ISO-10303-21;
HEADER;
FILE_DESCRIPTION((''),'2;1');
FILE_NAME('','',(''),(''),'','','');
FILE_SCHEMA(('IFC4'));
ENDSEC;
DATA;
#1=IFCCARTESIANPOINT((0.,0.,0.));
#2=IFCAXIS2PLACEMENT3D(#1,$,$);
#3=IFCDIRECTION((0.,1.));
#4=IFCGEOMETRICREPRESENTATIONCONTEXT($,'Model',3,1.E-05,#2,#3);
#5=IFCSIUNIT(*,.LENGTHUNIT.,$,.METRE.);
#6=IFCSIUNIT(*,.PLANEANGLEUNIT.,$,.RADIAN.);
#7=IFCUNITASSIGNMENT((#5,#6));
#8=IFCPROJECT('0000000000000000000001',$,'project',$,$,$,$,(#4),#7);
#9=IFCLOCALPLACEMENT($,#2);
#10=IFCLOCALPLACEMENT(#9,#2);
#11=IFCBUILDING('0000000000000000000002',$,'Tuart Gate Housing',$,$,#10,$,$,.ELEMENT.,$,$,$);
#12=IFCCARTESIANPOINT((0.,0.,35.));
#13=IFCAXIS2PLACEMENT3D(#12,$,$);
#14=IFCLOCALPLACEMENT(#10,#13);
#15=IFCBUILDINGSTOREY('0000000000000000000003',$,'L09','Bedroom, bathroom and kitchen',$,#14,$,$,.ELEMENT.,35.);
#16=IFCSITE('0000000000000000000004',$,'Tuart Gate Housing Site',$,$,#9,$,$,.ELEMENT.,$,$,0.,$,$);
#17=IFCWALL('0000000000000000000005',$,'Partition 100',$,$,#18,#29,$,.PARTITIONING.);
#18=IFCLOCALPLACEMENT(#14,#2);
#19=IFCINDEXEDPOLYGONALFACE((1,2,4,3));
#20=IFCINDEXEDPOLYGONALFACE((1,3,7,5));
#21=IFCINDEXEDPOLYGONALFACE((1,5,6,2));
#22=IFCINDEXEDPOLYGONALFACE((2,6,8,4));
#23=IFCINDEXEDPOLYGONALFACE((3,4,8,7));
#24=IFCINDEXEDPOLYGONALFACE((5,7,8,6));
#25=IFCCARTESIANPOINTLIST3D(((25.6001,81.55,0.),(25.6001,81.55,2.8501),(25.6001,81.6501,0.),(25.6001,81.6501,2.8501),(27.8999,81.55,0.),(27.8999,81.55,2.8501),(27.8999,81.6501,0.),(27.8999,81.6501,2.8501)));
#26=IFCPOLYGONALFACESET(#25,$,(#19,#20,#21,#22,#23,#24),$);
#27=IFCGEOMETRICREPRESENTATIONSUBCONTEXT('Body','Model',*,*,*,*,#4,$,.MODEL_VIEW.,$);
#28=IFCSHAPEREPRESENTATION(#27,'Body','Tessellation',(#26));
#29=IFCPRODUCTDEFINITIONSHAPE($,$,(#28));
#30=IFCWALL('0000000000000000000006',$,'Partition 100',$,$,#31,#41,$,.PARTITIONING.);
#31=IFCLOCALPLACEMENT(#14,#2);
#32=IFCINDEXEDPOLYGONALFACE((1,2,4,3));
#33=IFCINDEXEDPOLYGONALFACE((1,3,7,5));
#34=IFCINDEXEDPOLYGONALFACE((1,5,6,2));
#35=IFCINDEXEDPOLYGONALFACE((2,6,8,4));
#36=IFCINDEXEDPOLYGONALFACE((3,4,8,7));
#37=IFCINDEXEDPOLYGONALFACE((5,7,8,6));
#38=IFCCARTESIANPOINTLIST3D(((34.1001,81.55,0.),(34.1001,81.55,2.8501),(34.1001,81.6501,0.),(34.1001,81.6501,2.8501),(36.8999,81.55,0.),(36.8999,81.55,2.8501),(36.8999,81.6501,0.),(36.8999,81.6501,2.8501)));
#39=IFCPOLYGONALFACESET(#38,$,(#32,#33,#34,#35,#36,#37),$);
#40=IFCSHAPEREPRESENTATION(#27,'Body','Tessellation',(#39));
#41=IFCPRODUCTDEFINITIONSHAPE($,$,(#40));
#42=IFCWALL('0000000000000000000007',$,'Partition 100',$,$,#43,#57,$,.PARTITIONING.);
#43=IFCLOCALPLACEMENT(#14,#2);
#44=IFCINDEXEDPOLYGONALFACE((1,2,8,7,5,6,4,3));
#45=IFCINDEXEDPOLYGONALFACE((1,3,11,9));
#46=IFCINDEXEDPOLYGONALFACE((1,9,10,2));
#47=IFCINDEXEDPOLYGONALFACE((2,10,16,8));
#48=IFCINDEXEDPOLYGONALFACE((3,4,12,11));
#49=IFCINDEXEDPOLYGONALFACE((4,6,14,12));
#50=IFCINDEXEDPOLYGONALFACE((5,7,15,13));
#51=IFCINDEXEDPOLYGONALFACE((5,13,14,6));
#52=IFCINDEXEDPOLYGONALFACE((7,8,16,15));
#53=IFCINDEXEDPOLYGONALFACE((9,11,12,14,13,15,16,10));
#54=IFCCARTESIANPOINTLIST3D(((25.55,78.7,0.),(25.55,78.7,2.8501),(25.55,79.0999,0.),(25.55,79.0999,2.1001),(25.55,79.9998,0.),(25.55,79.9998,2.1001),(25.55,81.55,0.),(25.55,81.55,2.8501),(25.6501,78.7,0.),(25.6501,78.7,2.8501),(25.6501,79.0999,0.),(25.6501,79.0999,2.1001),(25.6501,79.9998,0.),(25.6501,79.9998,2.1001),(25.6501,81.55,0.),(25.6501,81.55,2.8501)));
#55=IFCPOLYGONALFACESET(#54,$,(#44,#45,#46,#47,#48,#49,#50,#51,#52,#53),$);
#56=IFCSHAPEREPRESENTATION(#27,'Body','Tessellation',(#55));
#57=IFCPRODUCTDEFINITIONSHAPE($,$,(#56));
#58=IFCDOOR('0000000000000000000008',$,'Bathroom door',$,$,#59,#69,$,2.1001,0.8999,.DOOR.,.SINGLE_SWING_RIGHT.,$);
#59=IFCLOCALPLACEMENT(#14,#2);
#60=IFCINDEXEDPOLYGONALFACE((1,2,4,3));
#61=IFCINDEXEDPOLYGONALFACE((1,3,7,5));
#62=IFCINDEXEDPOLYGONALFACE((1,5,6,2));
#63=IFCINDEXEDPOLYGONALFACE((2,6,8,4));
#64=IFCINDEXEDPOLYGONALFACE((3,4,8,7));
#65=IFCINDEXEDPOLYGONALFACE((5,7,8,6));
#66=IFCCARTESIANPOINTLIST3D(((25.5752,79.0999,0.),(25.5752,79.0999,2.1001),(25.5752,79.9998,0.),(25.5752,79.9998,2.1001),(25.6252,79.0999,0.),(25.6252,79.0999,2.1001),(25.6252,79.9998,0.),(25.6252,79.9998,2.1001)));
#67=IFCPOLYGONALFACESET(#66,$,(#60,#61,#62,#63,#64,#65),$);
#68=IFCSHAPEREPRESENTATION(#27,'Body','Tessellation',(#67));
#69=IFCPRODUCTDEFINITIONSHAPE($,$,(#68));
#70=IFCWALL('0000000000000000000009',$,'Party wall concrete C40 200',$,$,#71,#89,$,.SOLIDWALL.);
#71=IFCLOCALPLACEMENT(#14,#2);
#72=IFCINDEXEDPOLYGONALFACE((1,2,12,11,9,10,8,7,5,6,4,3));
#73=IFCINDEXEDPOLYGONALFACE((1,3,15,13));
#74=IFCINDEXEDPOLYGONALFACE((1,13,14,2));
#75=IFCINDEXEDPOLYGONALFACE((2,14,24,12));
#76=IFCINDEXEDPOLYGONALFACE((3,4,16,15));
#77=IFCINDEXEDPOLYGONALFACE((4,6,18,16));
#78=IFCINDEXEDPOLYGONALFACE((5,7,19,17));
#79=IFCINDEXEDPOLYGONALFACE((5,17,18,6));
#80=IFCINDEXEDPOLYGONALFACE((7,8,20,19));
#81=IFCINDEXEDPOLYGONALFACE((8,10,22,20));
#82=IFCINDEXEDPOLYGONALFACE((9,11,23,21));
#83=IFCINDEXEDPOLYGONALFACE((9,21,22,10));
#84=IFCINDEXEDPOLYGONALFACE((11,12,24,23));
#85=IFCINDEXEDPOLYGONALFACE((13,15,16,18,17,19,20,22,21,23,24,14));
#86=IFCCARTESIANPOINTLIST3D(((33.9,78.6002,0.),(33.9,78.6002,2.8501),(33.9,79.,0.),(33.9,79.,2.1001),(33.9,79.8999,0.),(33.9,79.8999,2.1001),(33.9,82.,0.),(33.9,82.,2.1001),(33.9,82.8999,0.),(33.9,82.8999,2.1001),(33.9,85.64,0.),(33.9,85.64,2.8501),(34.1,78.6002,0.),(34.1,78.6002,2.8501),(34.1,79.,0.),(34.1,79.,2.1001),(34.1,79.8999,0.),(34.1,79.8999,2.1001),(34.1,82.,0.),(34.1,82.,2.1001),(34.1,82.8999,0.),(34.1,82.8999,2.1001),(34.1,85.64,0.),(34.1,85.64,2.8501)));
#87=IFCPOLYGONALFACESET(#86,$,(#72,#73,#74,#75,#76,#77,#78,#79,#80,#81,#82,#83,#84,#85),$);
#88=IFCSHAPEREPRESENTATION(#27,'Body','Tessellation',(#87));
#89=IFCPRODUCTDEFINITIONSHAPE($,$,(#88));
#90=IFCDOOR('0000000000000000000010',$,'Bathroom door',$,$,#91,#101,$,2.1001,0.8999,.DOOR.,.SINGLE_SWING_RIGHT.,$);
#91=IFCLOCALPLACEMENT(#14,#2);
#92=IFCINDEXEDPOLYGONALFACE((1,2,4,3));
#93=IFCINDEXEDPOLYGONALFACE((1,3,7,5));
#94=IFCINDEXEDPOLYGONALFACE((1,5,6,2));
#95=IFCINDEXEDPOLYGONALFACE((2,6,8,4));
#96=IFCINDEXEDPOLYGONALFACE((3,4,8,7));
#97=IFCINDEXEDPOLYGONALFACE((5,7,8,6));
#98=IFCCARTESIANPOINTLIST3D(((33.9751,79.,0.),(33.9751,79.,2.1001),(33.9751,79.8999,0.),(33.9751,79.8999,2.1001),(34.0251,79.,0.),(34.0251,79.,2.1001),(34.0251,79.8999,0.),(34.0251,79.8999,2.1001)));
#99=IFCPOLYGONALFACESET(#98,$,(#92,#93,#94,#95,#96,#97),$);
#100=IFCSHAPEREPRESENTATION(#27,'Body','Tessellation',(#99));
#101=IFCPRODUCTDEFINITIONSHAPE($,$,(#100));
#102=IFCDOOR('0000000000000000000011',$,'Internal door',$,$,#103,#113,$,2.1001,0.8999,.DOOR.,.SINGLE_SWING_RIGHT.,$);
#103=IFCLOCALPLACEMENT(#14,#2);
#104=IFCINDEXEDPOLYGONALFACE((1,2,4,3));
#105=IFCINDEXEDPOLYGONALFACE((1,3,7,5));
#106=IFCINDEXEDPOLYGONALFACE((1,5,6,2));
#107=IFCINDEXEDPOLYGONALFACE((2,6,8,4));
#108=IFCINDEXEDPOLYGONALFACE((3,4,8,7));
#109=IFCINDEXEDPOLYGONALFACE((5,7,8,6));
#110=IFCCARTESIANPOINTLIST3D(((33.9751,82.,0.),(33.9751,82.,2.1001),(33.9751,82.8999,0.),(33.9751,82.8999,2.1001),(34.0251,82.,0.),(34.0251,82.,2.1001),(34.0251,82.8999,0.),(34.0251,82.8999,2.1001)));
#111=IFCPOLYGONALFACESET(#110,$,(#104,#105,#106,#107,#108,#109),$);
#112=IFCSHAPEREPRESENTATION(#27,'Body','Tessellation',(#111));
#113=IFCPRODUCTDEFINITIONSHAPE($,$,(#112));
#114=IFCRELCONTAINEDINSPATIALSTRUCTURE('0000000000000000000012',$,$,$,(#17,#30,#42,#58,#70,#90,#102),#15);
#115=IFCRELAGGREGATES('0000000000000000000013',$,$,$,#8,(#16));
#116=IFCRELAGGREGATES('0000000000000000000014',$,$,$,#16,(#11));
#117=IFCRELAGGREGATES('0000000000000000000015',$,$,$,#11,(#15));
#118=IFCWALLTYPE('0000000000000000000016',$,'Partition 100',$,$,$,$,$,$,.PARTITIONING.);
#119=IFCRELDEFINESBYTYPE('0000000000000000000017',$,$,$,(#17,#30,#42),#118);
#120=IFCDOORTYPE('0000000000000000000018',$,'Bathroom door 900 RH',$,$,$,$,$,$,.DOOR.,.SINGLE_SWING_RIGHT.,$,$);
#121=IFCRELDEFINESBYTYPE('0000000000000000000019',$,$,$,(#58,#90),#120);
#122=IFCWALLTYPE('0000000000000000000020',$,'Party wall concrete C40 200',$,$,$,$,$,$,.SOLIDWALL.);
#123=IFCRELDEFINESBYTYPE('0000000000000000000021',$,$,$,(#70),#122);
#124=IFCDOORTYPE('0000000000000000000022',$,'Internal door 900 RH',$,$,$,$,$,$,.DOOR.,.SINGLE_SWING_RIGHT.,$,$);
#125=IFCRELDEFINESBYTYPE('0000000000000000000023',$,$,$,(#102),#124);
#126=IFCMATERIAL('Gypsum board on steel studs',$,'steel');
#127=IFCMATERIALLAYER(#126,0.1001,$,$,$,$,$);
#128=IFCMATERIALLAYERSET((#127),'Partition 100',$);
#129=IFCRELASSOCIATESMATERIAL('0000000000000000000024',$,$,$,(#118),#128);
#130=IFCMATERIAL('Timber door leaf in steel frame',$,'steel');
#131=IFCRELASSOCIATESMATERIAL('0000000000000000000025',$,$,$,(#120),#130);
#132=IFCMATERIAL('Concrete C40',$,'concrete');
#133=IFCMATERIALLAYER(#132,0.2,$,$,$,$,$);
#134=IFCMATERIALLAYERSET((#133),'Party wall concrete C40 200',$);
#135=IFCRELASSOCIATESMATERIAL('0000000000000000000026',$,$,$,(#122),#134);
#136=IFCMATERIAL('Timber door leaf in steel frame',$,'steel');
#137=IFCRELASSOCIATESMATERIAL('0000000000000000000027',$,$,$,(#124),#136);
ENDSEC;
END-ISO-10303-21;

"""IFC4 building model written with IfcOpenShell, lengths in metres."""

from ifc_helpers import new_model, si_unit, direction, frame, frame_2d, origin, place, context, subcontext, project, spatial, rectangle, extrude, material, layer, layer_set, type_object, element, fill, save


model = new_model("IFC4")

# Units and contexts
model_context = context("Model", 3, precision=1e-05, world=origin(), true_north=direction((0.0, 1.0)))
body_context = subcontext(model_context, "Body", "Model", "MODEL_VIEW")
ifc_project = project(units=[si_unit("LENGTHUNIT", "METRE"), si_unit("PLANEANGLEUNIT", "RADIAN")], contexts=[model_context])

# Site, building, storey
site_placement = place(None, origin())
site = spatial("IfcSite", under=ifc_project, at=site_placement, Name="Tuart Gate Housing Site", CompositionType="ELEMENT", RefElevation=0.0)
building_placement = place(site_placement, origin())
building = spatial("IfcBuilding", under=site, at=building_placement, Name="Tuart Gate Housing", CompositionType="ELEMENT")
storey_placement = place(building_placement, frame((0.0, 0.0, 35.0)))
storey = spatial("IfcBuildingStorey", under=building, at=storey_placement, Name="L09", Description="Bedroom, bathroom and kitchen", CompositionType="ELEMENT", Elevation=35.0)

# Walls
ifc_material_1 = material(Name="Gypsum board on steel studs", Category="steel")
ifc_layer_1 = layer(ifc_material_1, 0.1001)
ifc_layer_set_1 = layer_set([ifc_layer_1], Name="Partition 100")
wall_type_1 = type_object("IfcWallType", Name="Partition 100", PredefinedType="PARTITIONING", material=ifc_layer_set_1)
wall_1_placement = place(storey_placement, frame((25.6001, 81.6001, 0.0), z_axis=(0.0, 0.0, 1.0), x_axis=(1.0, 0.0, 0.0)))
element("IfcWall", 1, at=wall_1_placement, inside=storey, type_object=wall_type_1, Name="Partition 100", PredefinedType="PARTITIONING", context=body_context, shape_type="SweptSolid", body=[
    extrude(rectangle(XDim=2.2998, YDim=0.1001, at=frame_2d((1.1499, 0.0))), origin(), (0.0, 0.0, 1.0), 2.8501),
])
wall_2_placement = place(storey_placement, frame((34.1001, 81.6001, 0.0), z_axis=(0.0, 0.0, 1.0), x_axis=(1.0, 0.0, 0.0)))
element("IfcWall", 2, at=wall_2_placement, inside=storey, type_object=wall_type_1, Name="Partition 100", PredefinedType="PARTITIONING", context=body_context, shape_type="SweptSolid", body=[
    extrude(rectangle(XDim=2.7998, YDim=0.1001, at=frame_2d((1.3999, 0.0))), origin(), (0.0, 0.0, 1.0), 2.8501),
])

# Wall, opening, door
wall_3_placement = place(storey_placement, frame((25.6001, 78.7, 0.0), z_axis=(0.0, 0.0, 1.0), x_axis=(0.0, 1.0, 0.0)))
wall_3 = element("IfcWall", 3, at=wall_3_placement, inside=storey, type_object=wall_type_1, Name="Partition 100", PredefinedType="PARTITIONING", context=body_context, shape_type="SweptSolid", body=[
    extrude(rectangle(XDim=2.8501, YDim=0.1001, at=frame_2d((1.425, 0.0))), origin(), (0.0, 0.0, 1.0), 2.8501),
])
opening_1_placement = place(wall_3_placement, frame((0.3999, 0.0, 0.0)))
opening_1 = element("IfcOpeningElement", 4, at=opening_1_placement, cuts=wall_3, PredefinedType="OPENING", context=body_context, shape_type="SweptSolid", body=[
    extrude(rectangle(XDim=0.8999, YDim=2.1001, at=frame_2d((0.45, 1.05))), frame((0.0, 0.0601, 0.0), z_axis=(0.0, -1.0, 0.0), x_axis=(1.0, 0.0, 0.0)), (0.0, 0.0, 1.0), 0.1201),
])
ifc_material_2 = material(Name="Timber door leaf in steel frame", Category="steel")
door_type_1 = type_object("IfcDoorType", Name="Bathroom door 900 RH", OperationType="SINGLE_SWING_RIGHT", PredefinedType="DOOR", material=ifc_material_2)
door_1_placement = place(opening_1_placement, frame((0.8999, 0.0, 0.0), z_axis=(0.0, 0.0, 1.0), x_axis=(-1.0, 0.0, 0.0)))
door_1 = element("IfcDoor", 5, at=door_1_placement, inside=storey, type_object=door_type_1, Name="Bathroom door", OperationType="SINGLE_SWING_RIGHT", OverallHeight=2.1001, OverallWidth=0.8999, PredefinedType="DOOR", context=body_context, shape_type="SweptSolid", body=[
    extrude(rectangle(XDim=0.8999, YDim=2.1001, at=frame_2d((0.45, 1.05))), frame((0.0, 0.0251, 0.0), z_axis=(0.0, -1.0, 0.0), x_axis=(1.0, 0.0, 0.0)), (0.0, 0.0, 1.0), 0.05),
])
fill(opening_1, door_1)

# Wall, openings, doors
ifc_material_3 = material(Name="Concrete C40", Category="concrete")
ifc_layer_2 = layer(ifc_material_3, 0.2)
ifc_layer_set_2 = layer_set([ifc_layer_2], Name="Party wall concrete C40 200")
wall_type_2 = type_object("IfcWallType", Name="Party wall concrete C40 200", PredefinedType="SOLIDWALL", material=ifc_layer_set_2)
wall_4_placement = place(storey_placement, frame((34.0, 78.6001, 0.0), z_axis=(0.0, 0.0, 1.0), x_axis=(0.0, 1.0, 0.0)))
wall_4 = element("IfcWall", 6, at=wall_4_placement, inside=storey, type_object=wall_type_2, Name="Party wall concrete C40 200", PredefinedType="SOLIDWALL", context=body_context, shape_type="SweptSolid", body=[
    extrude(rectangle(XDim=7.0398, YDim=0.2, at=frame_2d((3.52, 0.0))), origin(), (0.0, 0.0, 1.0), 2.8501),
])
opening_2_placement = place(wall_4_placement, frame((3.3999, 0.0, 0.0)))
opening_2 = element("IfcOpeningElement", 7, at=opening_2_placement, cuts=wall_4, PredefinedType="OPENING", context=body_context, shape_type="SweptSolid", body=[
    extrude(rectangle(XDim=0.8999, YDim=2.1001, at=frame_2d((0.45, 1.05))), frame((0.0, 0.1099, 0.0), z_axis=(0.0, -1.0, 0.0), x_axis=(1.0, 0.0, 0.0)), (0.0, 0.0, 1.0), 0.22),
])
opening_3_placement = place(wall_4_placement, frame((0.3999, 0.0, 0.0)))
opening_3 = element("IfcOpeningElement", 8, at=opening_3_placement, cuts=wall_4, PredefinedType="OPENING", context=body_context, shape_type="SweptSolid", body=[
    extrude(rectangle(XDim=0.8999, YDim=2.1001, at=frame_2d((0.45, 1.05))), frame((0.0, 0.1099, 0.0), z_axis=(0.0, -1.0, 0.0), x_axis=(1.0, 0.0, 0.0)), (0.0, 0.0, 1.0), 0.22),
])
door_2_placement = place(opening_3_placement, frame((0.8999, 0.0, 0.0), z_axis=(0.0, 0.0, 1.0), x_axis=(-1.0, 0.0, 0.0)))
door_2 = element("IfcDoor", 9, at=door_2_placement, inside=storey, type_object=door_type_1, Name="Bathroom door", OperationType="SINGLE_SWING_RIGHT", OverallHeight=2.1001, OverallWidth=0.8999, PredefinedType="DOOR", context=body_context, shape_type="SweptSolid", body=[
    extrude(rectangle(XDim=0.8999, YDim=2.1001, at=frame_2d((0.45, 1.05))), frame((0.0, 0.0251, 0.0), z_axis=(0.0, -1.0, 0.0), x_axis=(1.0, 0.0, 0.0)), (0.0, 0.0, 1.0), 0.05),
])
fill(opening_3, door_2)
ifc_material_4 = material(Name="Timber door leaf in steel frame", Category="steel")
door_type_2 = type_object("IfcDoorType", Name="Internal door 900 RH", OperationType="SINGLE_SWING_RIGHT", PredefinedType="DOOR", material=ifc_material_4)
door_3_placement = place(opening_2_placement, frame((0.8999, 0.0, 0.0), z_axis=(0.0, 0.0, 1.0), x_axis=(-1.0, 0.0, 0.0)))
door_3 = element("IfcDoor", 10, at=door_3_placement, inside=storey, type_object=door_type_2, Name="Internal door", OperationType="SINGLE_SWING_RIGHT", OverallHeight=2.1001, OverallWidth=0.8999, PredefinedType="DOOR", context=body_context, shape_type="SweptSolid", body=[
    extrude(rectangle(XDim=0.8999, YDim=2.1001, at=frame_2d((0.45, 1.05))), frame((0.0, 0.0251, 0.0), z_axis=(0.0, -1.0, 0.0), x_axis=(1.0, 0.0, 0.0)), (0.0, 0.0, 1.0), 0.05),
])
fill(opening_2, door_3)

save(model, "model.ifc")
